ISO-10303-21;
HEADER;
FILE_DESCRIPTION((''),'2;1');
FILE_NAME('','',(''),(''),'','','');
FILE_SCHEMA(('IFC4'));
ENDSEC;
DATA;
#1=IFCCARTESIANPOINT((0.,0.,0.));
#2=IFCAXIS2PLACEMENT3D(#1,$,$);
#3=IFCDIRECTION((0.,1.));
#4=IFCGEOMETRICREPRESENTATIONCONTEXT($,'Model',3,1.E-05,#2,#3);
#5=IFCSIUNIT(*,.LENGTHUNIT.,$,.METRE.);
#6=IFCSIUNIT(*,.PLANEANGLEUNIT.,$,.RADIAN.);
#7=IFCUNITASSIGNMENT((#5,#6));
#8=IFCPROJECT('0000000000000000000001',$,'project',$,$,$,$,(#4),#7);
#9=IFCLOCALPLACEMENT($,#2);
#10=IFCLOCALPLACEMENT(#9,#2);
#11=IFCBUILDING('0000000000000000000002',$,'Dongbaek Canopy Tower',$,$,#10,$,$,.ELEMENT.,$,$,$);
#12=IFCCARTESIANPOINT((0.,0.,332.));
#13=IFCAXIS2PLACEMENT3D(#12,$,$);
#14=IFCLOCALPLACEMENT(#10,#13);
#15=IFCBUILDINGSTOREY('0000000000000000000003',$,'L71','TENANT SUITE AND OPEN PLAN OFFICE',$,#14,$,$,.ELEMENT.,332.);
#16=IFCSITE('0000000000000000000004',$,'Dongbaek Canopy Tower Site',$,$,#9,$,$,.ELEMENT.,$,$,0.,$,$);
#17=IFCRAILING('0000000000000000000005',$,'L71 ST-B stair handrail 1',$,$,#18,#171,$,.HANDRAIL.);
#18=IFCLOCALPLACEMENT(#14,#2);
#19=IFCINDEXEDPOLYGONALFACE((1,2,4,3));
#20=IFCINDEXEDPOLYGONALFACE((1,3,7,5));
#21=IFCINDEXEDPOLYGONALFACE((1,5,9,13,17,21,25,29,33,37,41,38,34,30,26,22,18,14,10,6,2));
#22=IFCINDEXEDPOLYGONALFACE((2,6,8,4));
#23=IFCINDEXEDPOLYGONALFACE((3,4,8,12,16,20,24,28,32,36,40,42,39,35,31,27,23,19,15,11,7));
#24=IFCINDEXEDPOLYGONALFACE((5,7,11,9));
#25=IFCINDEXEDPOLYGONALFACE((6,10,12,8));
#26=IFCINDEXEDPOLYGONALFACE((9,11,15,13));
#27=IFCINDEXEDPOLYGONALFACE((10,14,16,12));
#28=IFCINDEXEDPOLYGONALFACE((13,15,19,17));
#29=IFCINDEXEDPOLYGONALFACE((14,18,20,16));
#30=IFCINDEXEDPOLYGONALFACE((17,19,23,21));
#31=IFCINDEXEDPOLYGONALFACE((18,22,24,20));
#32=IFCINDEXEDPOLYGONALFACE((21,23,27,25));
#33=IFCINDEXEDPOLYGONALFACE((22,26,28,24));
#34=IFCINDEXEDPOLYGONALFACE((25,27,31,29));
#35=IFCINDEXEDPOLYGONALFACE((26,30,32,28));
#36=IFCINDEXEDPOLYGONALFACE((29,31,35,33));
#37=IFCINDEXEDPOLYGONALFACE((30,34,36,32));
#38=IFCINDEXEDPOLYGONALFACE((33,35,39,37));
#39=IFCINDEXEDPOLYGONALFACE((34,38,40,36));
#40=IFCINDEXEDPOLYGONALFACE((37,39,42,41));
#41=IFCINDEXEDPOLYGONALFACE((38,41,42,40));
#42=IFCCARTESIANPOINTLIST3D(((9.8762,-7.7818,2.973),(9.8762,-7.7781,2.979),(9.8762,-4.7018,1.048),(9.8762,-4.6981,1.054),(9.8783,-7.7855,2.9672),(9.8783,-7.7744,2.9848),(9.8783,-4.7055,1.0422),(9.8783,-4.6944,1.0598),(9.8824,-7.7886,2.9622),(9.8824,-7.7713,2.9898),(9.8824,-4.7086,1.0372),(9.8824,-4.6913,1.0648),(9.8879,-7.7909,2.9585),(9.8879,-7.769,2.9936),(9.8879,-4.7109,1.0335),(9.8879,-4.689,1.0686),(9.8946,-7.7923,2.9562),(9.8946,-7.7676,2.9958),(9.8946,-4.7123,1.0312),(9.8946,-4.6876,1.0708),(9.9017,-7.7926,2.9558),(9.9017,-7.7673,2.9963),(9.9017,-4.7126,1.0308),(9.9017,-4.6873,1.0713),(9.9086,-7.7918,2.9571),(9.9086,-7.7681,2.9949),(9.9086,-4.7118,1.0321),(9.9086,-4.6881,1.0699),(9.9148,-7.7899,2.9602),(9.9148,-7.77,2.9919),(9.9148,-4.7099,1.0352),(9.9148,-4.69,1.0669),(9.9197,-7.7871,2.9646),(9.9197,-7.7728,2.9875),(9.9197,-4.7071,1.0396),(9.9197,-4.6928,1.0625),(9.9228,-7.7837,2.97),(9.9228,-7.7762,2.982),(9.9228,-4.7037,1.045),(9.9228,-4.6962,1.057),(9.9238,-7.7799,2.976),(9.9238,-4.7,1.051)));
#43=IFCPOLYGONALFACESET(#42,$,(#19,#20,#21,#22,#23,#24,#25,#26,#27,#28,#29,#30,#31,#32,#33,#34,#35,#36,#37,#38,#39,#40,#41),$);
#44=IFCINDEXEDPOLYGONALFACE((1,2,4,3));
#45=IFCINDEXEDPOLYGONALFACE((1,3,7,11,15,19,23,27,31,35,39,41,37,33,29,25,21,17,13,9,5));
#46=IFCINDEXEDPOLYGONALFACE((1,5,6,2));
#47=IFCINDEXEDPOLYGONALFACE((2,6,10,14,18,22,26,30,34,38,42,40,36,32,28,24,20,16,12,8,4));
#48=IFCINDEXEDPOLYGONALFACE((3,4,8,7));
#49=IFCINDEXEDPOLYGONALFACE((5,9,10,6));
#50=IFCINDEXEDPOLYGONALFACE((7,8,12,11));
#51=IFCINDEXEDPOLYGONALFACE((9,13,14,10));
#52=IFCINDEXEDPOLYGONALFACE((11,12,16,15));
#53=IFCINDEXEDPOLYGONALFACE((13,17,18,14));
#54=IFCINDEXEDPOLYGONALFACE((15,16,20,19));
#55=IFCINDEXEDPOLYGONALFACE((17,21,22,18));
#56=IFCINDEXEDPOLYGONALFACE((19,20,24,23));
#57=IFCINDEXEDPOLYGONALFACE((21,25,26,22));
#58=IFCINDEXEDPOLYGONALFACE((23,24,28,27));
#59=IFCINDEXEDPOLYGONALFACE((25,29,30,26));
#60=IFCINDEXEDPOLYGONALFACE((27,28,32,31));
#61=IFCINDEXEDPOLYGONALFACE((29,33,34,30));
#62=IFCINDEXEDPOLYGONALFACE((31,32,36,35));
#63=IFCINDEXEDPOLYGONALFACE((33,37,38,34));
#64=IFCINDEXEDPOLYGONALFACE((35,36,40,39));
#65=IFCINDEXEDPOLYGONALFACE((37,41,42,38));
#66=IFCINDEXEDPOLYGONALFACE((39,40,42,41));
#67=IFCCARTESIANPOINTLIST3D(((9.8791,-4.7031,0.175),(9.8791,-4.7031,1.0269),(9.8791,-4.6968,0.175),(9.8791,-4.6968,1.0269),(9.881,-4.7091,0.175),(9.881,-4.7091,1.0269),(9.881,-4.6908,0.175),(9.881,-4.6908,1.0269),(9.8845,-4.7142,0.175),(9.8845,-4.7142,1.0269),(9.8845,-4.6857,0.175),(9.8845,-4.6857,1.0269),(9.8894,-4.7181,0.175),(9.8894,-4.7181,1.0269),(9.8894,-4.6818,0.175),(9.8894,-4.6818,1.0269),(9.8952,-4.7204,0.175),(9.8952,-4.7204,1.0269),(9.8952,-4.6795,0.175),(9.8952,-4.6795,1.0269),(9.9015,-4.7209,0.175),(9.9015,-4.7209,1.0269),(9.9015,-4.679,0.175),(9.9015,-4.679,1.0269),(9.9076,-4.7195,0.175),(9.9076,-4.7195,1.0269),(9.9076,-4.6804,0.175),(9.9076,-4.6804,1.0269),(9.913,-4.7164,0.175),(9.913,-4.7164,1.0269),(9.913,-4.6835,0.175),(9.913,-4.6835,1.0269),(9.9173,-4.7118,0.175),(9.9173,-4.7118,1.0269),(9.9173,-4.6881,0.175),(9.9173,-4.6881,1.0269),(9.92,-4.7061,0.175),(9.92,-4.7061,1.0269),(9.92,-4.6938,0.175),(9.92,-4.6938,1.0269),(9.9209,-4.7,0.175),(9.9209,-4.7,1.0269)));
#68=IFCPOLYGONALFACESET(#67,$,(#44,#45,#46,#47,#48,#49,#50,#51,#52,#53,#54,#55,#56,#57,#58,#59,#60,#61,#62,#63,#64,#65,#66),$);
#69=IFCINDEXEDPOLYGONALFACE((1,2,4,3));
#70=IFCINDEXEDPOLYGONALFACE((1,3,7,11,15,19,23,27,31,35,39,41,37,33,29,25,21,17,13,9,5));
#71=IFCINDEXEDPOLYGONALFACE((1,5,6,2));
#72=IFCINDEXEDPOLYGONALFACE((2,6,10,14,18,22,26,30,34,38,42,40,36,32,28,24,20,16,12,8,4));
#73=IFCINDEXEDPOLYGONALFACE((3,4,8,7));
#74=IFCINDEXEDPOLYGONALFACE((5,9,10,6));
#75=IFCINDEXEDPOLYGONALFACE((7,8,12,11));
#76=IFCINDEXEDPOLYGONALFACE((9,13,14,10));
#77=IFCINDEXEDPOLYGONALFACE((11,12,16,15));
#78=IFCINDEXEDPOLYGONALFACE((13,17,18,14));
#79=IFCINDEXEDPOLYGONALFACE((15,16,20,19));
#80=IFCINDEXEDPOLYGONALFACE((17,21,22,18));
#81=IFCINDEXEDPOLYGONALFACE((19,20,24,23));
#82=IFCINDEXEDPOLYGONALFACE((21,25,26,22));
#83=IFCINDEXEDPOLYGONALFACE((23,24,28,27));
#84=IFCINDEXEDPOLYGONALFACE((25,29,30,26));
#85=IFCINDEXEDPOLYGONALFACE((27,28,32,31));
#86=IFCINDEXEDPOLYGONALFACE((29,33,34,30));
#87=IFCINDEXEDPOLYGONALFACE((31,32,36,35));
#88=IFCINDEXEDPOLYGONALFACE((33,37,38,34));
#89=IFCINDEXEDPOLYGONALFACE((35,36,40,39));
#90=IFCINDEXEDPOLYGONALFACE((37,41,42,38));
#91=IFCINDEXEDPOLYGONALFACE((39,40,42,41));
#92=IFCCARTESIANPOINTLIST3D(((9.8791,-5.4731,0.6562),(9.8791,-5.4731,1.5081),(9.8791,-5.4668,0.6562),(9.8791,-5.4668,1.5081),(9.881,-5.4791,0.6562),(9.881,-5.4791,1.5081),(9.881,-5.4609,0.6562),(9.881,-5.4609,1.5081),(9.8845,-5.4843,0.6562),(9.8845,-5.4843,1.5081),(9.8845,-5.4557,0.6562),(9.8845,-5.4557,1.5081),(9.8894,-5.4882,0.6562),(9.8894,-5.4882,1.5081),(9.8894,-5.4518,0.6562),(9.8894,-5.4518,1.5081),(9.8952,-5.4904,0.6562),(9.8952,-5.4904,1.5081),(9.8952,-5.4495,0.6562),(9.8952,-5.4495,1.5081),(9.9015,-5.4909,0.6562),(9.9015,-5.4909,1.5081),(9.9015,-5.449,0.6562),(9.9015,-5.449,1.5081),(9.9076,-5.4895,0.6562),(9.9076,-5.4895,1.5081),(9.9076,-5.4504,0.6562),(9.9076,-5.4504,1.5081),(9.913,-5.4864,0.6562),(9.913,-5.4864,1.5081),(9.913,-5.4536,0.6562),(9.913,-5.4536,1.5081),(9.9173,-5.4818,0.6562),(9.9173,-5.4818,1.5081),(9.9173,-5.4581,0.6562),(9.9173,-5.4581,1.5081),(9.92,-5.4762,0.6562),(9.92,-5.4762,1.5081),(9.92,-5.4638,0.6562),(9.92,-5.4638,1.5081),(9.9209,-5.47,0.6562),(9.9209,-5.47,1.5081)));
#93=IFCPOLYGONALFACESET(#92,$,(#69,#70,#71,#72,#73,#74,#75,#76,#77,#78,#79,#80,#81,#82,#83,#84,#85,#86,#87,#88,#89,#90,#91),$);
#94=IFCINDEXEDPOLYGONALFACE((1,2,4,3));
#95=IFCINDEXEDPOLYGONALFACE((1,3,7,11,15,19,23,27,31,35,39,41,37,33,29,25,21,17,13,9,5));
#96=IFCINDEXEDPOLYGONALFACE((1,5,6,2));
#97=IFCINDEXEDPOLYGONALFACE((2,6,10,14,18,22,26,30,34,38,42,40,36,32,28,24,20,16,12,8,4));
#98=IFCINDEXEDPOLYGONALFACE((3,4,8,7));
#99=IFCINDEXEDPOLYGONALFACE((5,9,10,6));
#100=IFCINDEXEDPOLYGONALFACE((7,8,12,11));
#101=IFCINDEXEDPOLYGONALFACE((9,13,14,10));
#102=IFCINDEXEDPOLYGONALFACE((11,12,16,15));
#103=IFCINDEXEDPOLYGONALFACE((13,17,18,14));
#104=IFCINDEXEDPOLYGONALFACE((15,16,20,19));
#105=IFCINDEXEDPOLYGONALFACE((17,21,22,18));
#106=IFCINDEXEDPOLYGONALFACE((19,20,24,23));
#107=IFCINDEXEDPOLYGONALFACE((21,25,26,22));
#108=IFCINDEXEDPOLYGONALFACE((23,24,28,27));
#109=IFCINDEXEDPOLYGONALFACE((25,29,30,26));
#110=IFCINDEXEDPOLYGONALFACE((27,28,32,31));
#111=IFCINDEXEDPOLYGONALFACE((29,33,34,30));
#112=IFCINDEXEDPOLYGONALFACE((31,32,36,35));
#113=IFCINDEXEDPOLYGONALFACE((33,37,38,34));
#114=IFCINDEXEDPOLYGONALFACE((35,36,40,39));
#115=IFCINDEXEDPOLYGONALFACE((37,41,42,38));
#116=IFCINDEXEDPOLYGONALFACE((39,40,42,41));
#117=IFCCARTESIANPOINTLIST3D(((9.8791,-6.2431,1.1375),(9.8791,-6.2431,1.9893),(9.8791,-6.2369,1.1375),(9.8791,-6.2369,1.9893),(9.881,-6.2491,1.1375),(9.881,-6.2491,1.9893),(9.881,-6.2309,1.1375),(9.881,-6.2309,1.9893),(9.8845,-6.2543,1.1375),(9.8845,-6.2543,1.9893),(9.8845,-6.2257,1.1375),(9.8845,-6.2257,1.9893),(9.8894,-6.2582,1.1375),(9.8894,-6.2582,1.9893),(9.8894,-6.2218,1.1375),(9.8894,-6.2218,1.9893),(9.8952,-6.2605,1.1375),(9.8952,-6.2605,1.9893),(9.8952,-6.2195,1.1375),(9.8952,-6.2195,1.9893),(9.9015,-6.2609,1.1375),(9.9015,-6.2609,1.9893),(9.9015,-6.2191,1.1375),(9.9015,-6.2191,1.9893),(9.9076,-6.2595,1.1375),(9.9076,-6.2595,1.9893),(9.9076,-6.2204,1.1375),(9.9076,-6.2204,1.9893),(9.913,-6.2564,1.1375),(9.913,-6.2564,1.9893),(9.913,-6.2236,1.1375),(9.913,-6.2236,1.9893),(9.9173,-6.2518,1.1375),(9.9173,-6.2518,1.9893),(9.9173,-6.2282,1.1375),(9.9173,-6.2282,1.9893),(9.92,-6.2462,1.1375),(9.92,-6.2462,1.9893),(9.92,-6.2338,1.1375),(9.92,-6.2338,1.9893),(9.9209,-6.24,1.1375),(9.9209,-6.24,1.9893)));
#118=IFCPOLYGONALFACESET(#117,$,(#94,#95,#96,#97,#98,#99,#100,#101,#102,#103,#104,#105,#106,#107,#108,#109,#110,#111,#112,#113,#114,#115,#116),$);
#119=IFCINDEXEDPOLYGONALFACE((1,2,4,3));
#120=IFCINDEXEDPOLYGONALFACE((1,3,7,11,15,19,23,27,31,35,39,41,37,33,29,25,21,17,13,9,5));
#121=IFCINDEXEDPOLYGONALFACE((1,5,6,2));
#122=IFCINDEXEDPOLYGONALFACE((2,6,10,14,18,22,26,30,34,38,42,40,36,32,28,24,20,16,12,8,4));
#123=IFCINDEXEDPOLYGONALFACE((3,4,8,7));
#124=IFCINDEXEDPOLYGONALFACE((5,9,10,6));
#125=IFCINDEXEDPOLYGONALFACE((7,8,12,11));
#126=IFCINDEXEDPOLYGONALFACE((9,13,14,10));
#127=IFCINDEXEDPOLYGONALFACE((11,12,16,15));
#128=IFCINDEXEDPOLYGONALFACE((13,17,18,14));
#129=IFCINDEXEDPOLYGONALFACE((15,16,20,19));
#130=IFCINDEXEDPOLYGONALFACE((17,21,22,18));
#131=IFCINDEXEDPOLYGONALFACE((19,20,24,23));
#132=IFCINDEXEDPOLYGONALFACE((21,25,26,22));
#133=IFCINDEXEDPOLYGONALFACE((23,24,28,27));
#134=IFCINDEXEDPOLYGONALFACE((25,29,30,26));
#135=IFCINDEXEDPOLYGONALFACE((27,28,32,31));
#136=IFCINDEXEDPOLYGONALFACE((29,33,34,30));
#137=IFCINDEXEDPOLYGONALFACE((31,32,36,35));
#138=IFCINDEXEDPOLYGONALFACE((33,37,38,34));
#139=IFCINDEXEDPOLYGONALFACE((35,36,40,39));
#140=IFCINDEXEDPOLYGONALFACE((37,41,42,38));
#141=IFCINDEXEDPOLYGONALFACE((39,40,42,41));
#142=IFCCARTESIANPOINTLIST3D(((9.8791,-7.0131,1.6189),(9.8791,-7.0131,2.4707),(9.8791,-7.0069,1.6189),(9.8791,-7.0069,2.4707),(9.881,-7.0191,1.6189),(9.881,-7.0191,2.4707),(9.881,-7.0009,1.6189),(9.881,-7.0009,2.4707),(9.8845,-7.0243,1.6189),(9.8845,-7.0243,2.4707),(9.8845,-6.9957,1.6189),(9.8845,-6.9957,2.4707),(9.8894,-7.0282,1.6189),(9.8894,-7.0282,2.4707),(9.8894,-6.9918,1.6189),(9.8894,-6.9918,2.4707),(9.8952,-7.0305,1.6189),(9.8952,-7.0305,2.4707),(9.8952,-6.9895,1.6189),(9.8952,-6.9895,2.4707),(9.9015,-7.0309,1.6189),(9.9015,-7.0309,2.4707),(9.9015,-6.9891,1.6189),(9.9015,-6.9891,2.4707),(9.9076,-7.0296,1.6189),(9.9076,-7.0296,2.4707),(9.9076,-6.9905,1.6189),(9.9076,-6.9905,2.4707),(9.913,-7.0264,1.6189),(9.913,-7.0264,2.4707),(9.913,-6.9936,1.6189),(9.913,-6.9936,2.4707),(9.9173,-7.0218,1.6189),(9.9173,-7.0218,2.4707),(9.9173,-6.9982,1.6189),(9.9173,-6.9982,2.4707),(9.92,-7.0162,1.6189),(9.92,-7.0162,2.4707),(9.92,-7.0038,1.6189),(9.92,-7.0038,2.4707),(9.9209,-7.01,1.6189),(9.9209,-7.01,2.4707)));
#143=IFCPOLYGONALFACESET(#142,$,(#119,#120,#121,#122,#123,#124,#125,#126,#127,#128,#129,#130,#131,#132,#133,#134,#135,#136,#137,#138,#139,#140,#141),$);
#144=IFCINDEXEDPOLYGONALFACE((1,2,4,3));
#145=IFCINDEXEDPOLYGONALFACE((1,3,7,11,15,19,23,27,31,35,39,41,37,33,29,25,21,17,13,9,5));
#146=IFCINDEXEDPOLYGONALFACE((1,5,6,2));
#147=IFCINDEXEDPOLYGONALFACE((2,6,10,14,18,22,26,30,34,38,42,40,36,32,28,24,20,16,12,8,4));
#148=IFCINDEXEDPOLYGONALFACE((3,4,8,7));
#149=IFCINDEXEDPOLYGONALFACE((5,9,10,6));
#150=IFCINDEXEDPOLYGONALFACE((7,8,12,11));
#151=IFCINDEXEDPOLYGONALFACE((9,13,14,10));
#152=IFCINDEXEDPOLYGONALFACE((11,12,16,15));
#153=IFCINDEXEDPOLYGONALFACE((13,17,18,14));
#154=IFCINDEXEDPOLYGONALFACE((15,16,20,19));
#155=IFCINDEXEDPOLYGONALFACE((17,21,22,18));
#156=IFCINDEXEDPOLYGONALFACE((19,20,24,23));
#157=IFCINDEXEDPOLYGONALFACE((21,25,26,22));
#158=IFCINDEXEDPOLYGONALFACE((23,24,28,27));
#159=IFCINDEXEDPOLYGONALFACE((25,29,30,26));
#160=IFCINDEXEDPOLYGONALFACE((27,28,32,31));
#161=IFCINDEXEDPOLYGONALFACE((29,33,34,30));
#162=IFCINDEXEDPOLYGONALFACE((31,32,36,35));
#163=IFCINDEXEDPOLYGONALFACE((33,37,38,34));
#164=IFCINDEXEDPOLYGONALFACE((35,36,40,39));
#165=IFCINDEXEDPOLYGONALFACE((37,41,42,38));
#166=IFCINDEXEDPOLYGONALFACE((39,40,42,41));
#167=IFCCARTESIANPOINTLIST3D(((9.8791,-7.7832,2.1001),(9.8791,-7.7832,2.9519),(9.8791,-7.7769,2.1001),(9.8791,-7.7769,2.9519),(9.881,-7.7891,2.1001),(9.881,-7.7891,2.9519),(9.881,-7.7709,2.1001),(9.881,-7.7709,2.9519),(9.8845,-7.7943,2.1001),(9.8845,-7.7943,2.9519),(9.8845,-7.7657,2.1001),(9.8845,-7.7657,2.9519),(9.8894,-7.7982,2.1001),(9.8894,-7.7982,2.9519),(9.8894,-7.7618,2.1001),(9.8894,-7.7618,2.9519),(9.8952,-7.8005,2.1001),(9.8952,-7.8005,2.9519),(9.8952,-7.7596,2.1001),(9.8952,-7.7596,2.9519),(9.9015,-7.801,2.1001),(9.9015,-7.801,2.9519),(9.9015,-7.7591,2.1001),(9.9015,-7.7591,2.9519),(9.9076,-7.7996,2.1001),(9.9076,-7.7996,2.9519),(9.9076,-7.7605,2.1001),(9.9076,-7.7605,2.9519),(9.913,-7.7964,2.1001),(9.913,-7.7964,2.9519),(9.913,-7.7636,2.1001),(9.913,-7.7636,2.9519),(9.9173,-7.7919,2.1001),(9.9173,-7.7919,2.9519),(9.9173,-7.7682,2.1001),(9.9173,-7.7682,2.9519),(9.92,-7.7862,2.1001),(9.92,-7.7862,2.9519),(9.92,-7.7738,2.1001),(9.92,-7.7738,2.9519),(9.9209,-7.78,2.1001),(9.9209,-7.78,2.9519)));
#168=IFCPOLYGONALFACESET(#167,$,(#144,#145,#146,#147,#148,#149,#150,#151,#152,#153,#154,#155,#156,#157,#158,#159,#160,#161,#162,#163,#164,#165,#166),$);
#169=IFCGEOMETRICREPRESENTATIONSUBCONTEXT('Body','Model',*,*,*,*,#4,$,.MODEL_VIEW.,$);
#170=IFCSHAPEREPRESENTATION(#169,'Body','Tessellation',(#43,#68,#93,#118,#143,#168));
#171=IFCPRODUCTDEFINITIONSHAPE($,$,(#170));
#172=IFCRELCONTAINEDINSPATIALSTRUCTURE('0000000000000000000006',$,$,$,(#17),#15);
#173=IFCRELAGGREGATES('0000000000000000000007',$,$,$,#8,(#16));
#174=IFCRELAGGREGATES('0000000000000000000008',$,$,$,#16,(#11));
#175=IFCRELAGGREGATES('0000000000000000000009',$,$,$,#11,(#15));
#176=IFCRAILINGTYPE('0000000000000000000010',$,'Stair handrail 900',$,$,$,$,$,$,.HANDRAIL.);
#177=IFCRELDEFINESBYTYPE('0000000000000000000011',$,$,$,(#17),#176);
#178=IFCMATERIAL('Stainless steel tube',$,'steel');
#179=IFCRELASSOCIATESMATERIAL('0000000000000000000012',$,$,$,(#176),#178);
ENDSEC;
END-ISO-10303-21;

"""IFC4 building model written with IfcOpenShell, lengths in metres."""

from ifc_helpers import new_model, si_unit, direction, frame, origin, origin_2d, place, context, subcontext, project, spatial, circle, extrude, material, type_object, element, save


model = new_model("IFC4")

# Units and contexts
model_context = context("Model", 3, precision=1e-05, world=origin(), true_north=direction((0.0, 1.0)))
body_context = subcontext(model_context, "Body", "Model", "MODEL_VIEW")
ifc_project = project(units=[si_unit("LENGTHUNIT", "METRE"), si_unit("PLANEANGLEUNIT", "RADIAN")], contexts=[model_context])

# Site, building, storey
site_placement = place(None, origin())
site = spatial("IfcSite", under=ifc_project, at=site_placement, Name="Dongbaek Canopy Tower Site", CompositionType="ELEMENT", RefElevation=0.0)
building_placement = place(site_placement, origin())
building = spatial("IfcBuilding", under=site, at=building_placement, Name="Dongbaek Canopy Tower", CompositionType="ELEMENT")
storey_placement = place(building_placement, frame((0.0, 0.0, 332.0)))
storey = spatial("IfcBuildingStorey", under=building, at=storey_placement, Name="L71", Description="TENANT SUITE AND OPEN PLAN OFFICE", CompositionType="ELEMENT", Elevation=332.0)

# Railing
ifc_material_1 = material(Name="Stainless steel tube", Category="steel")
railing_type_1 = type_object("IfcRailingType", Name="Stair handrail 900", PredefinedType="HANDRAIL", material=ifc_material_1)
railing_1_placement = place(storey_placement, frame((9.8999, -4.7, 0.175)))
element("IfcRailing", 1, at=railing_1_placement, inside=storey, type_object=railing_type_1, Name="L71 ST-B stair handrail 1", PredefinedType="HANDRAIL", context=body_context, shape_type="SweptSolid", body=[
    extrude(circle(Radius=0.0239, at=origin_2d()), frame((0.0, 0.0, 0.876), z_axis=(0.0, -0.847998, 0.529999), x_axis=(1.0, 0.0, 0.0)), (0.0, 0.0, 1.0), 3.6321),
    extrude(circle(Radius=0.021, at=origin_2d()), origin(), (0.0, 0.0, 1.0), 0.8518),
    extrude(circle(Radius=0.021, at=origin_2d()), frame((0.0, -0.77, 0.4812)), (0.0, 0.0, 1.0), 0.8518),
    extrude(circle(Radius=0.021, at=origin_2d()), frame((0.0, -1.54, 0.9624)), (0.0, 0.0, 1.0), 0.8518),
    extrude(circle(Radius=0.021, at=origin_2d()), frame((0.0, -2.3101, 1.4438)), (0.0, 0.0, 1.0), 0.8518),
    extrude(circle(Radius=0.021, at=origin_2d()), frame((0.0, -3.0801, 1.925)), (0.0, 0.0, 1.0), 0.8518),
])

save(model, "model.ifc")
